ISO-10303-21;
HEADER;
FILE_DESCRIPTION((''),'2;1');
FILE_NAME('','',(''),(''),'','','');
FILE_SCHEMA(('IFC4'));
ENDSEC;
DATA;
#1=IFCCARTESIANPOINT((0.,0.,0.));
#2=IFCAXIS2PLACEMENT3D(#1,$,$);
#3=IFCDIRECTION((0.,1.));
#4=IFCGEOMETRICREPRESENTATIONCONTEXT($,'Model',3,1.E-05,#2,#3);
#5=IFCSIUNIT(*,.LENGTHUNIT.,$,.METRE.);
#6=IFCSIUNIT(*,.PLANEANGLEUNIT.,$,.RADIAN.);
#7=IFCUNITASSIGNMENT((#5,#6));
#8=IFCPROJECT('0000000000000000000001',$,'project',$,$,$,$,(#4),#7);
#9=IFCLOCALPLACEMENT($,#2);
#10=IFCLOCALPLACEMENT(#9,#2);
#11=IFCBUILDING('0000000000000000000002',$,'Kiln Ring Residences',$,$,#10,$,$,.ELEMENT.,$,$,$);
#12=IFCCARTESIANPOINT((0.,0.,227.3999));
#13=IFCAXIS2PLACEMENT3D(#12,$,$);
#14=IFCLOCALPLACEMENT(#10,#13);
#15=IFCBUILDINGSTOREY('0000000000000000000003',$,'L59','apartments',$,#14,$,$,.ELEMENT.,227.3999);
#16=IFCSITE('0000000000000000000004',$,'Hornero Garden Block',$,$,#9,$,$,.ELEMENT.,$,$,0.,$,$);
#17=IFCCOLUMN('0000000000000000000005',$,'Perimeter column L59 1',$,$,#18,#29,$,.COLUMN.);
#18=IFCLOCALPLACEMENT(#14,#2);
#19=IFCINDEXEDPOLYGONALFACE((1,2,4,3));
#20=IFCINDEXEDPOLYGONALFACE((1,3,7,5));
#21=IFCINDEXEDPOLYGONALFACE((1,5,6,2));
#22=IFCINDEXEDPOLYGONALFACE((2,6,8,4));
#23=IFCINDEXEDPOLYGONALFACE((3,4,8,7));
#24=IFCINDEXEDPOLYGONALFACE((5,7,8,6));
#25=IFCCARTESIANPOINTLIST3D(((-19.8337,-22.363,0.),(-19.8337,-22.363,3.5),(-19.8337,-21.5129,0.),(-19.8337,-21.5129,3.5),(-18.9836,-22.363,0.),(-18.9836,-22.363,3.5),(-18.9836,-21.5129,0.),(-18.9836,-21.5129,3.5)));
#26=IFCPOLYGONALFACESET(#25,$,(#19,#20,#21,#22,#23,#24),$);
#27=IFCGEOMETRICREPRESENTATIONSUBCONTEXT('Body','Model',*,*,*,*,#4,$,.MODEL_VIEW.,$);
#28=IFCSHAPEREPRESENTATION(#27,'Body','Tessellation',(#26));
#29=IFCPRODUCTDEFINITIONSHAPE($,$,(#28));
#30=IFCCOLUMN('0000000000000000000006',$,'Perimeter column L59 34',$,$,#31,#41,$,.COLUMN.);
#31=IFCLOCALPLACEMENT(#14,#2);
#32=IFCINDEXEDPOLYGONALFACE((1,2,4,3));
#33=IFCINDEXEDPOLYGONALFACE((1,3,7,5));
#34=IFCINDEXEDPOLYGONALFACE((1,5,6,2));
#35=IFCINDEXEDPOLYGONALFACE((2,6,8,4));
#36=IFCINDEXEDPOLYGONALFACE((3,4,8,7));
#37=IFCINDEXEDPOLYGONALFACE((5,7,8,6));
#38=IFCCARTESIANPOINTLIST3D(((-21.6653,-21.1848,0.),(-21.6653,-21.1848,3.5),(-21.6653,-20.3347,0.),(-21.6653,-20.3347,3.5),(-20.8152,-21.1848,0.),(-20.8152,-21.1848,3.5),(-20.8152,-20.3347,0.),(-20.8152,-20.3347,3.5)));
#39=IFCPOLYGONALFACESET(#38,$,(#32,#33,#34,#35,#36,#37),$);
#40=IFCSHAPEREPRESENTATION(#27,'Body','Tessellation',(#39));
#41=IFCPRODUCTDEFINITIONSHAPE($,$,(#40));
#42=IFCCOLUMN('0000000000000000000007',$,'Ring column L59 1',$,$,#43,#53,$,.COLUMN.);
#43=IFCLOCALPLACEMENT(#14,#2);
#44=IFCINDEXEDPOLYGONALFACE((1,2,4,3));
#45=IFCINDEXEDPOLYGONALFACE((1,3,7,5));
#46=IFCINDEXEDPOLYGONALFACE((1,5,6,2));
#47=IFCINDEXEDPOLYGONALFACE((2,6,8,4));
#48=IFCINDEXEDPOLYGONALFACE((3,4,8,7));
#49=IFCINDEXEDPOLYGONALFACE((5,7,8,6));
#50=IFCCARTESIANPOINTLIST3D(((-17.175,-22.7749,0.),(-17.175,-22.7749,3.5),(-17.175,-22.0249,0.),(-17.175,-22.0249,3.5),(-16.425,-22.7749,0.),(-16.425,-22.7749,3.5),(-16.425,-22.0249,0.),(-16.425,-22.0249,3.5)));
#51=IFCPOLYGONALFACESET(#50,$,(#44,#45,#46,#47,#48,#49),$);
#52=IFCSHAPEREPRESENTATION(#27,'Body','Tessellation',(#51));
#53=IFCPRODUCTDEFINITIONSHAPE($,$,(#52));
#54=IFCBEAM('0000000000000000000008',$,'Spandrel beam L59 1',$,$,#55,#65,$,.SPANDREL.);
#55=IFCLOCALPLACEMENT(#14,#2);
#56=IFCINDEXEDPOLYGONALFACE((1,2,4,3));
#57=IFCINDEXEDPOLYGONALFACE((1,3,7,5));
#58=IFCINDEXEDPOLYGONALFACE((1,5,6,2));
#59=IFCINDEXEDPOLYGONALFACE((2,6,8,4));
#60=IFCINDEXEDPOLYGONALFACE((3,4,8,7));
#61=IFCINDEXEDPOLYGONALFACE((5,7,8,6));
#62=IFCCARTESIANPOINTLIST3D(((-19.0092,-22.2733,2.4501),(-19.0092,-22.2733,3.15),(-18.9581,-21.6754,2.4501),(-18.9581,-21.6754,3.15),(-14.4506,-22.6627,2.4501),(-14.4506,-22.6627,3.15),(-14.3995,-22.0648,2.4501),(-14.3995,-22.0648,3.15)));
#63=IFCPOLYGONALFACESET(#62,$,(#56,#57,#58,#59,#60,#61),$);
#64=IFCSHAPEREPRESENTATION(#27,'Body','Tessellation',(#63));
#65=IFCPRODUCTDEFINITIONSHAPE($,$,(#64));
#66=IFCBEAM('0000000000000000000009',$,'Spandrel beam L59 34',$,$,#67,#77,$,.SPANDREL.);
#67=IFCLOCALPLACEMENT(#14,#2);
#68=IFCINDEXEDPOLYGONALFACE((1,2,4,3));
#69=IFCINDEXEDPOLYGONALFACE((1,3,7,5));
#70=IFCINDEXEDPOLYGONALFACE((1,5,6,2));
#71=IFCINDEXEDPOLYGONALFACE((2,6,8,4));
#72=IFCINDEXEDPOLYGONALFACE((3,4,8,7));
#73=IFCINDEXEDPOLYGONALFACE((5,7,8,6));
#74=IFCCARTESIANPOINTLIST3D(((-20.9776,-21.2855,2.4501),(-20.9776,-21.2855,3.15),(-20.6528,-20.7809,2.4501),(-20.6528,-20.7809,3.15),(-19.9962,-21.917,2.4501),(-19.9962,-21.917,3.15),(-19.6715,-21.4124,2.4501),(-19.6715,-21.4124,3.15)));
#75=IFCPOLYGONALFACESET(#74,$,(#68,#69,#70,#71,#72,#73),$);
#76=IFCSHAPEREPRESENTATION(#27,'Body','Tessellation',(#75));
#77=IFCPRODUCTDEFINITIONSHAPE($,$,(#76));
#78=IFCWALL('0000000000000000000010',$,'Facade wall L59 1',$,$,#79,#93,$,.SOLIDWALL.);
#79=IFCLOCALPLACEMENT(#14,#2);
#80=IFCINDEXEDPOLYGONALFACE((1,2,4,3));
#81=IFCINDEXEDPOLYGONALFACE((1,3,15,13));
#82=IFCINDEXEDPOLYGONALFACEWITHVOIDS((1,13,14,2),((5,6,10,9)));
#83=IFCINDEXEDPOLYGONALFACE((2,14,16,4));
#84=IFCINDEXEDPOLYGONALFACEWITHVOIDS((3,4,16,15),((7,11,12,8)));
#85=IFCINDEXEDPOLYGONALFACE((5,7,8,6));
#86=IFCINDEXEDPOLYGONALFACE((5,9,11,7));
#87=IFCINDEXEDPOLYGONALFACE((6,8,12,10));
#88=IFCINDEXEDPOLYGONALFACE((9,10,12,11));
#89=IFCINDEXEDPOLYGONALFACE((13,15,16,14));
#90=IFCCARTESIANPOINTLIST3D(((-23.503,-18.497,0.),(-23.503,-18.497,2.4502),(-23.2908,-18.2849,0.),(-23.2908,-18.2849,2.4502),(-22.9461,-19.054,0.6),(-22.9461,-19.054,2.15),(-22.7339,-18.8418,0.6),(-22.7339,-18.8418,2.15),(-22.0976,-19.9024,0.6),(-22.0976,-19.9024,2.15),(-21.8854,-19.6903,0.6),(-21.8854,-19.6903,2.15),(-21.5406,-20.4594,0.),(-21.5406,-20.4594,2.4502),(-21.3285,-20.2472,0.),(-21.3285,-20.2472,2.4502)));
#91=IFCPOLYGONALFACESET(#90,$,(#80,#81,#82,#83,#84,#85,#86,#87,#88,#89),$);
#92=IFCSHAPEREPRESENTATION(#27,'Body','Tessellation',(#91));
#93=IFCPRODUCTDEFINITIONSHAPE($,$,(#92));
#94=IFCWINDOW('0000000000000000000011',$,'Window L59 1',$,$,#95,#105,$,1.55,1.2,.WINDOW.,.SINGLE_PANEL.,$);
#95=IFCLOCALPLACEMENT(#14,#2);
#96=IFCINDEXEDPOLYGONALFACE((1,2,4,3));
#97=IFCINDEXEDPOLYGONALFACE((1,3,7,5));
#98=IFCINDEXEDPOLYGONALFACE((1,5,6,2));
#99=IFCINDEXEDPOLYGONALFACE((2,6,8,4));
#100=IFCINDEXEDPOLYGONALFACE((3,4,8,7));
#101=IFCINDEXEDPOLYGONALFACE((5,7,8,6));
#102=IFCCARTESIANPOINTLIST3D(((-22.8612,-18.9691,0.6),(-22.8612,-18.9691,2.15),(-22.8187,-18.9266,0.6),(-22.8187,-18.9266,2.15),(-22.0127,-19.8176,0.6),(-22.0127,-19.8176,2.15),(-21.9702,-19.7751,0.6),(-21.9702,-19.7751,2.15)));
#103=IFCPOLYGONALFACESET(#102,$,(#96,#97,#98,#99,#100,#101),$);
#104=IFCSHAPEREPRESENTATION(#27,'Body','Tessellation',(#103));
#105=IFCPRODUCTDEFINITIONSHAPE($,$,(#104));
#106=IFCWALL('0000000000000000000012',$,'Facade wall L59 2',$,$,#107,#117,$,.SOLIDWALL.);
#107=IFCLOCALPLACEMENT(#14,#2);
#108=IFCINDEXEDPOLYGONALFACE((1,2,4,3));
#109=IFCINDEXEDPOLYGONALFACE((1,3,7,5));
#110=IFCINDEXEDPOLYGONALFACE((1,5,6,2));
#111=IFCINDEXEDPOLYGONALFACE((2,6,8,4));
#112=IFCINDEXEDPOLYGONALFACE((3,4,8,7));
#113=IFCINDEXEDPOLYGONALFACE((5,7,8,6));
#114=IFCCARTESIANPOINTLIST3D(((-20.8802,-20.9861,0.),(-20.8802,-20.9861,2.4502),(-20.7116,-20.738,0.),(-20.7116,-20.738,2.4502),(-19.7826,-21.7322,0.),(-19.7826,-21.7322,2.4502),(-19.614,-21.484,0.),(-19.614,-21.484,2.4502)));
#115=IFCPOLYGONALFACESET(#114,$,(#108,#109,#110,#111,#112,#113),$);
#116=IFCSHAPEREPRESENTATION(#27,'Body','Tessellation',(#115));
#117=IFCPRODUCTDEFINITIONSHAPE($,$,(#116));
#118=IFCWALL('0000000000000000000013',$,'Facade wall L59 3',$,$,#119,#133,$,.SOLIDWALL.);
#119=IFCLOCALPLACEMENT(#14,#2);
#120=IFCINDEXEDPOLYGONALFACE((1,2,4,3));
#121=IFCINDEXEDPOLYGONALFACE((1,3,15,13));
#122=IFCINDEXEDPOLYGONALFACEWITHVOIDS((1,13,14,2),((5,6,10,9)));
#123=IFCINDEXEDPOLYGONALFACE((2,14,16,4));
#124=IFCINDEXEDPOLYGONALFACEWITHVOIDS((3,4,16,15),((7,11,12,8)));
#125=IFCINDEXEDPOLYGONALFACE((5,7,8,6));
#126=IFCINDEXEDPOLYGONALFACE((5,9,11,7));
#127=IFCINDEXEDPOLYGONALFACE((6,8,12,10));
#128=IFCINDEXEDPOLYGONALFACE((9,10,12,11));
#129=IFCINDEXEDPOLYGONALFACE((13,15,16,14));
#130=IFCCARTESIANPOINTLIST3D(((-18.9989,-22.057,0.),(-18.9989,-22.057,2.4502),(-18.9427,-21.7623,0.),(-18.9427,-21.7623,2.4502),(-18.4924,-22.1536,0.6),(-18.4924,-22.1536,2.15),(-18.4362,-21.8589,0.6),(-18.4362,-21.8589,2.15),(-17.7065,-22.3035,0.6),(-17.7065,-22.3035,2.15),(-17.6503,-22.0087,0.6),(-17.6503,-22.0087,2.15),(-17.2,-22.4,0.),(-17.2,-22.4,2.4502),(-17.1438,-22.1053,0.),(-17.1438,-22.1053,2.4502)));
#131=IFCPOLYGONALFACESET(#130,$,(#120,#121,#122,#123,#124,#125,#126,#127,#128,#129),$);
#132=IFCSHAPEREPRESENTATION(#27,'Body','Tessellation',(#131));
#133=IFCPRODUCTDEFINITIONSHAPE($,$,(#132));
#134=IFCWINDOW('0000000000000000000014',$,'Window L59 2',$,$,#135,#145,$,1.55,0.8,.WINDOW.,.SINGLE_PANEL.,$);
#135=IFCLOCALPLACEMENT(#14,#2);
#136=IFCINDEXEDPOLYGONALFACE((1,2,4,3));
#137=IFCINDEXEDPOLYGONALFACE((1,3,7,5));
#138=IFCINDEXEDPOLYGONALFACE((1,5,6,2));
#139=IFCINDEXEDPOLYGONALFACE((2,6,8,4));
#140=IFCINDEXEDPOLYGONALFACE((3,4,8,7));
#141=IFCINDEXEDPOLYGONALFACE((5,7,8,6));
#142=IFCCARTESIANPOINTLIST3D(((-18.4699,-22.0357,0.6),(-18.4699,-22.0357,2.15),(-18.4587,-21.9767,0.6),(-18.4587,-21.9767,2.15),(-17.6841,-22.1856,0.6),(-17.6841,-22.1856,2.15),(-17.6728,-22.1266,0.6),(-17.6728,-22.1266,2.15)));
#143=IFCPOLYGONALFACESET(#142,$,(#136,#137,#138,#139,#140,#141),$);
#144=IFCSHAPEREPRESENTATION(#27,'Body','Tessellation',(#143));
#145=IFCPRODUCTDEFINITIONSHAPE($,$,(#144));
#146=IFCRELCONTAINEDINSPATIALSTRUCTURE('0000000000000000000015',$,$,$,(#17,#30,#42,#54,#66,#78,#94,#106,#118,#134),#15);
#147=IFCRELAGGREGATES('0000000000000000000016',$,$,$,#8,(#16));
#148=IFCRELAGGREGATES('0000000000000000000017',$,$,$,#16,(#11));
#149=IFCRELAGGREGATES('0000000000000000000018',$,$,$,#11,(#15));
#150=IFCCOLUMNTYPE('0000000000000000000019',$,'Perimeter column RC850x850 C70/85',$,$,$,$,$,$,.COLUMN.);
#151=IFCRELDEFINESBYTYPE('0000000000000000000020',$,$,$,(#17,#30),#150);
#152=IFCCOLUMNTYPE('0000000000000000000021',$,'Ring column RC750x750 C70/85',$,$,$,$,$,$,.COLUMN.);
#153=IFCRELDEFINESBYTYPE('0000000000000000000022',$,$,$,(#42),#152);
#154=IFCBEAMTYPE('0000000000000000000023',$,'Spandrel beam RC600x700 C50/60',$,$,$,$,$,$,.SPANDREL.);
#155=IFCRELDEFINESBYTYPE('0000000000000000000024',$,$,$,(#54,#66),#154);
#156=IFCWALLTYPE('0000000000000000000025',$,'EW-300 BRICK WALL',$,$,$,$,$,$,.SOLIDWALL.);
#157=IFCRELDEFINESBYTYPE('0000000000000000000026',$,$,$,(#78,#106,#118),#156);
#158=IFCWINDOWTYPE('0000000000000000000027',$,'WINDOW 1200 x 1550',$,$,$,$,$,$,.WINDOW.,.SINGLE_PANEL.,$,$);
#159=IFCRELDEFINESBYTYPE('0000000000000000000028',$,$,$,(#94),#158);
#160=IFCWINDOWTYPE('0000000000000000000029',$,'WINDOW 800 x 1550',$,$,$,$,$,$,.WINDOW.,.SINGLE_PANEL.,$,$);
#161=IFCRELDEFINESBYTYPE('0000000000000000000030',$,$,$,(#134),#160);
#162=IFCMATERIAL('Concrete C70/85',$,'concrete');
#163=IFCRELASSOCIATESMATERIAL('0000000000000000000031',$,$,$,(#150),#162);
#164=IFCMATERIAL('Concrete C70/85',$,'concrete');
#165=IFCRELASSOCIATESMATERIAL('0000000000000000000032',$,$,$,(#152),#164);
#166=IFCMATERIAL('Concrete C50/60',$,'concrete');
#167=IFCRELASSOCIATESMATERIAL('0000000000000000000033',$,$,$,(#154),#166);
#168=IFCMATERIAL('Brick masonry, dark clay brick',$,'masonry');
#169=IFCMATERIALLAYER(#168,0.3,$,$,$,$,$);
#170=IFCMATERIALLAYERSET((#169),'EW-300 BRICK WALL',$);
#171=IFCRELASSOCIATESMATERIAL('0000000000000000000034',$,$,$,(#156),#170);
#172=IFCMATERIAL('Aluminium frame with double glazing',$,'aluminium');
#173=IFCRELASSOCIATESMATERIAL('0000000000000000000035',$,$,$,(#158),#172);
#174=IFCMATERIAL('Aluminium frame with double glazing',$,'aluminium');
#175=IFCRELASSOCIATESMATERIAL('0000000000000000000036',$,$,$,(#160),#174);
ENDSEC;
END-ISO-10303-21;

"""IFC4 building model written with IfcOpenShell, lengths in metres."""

from ifc_helpers import new_model, si_unit, direction, frame, frame_2d, origin, origin_2d, place, context, subcontext, project, spatial, rectangle, extrude, material, layer, layer_set, material_profile, profile_set, type_object, element, fill, save


model = new_model("IFC4")

# Units and contexts
model_context = context("Model", 3, precision=1e-05, world=origin(), true_north=direction((0.0, 1.0)))
body_context = subcontext(model_context, "Body", "Model", "MODEL_VIEW")
ifc_project = project(units=[si_unit("LENGTHUNIT", "METRE"), si_unit("PLANEANGLEUNIT", "RADIAN")], contexts=[model_context])

# Site, building, storey
site_placement = place(None, origin())
site = spatial("IfcSite", under=ifc_project, at=site_placement, Name="Hornero Garden Block", CompositionType="ELEMENT", RefElevation=0.0)
building_placement = place(site_placement, origin())
building = spatial("IfcBuilding", under=site, at=building_placement, Name="Kiln Ring Residences", CompositionType="ELEMENT")
storey_placement = place(building_placement, frame((0.0, 0.0, 227.3999)))
storey = spatial("IfcBuildingStorey", under=building, at=storey_placement, Name="L59", Description="apartments", CompositionType="ELEMENT", Elevation=227.3999)

# Columns
ifc_material_1 = material(Name="Concrete C70/85", Category="concrete")
ifc_material_profile_1 = material_profile(ifc_material_1, rectangle(XDim=0.8501, YDim=0.8501, at=origin_2d()), Name="RC850x850")
ifc_profile_set_1 = profile_set([ifc_material_profile_1], Name="Concrete C70/85")
column_type_1 = type_object("IfcColumnType", Name="Perimeter column RC850x850 C70/85", PredefinedType="COLUMN", material=ifc_profile_set_1)
for number, where, z_axis, x_axis, name in (
    (1, (-19.4087, -21.938, 0.0), (0.0, 0.0, 1.0), (1.0, 0.0, 0.0), "Perimeter column L59 1"),
    (2, (-21.2402, -20.7598, 0.0), (0.0, 0.0, 1.0), (1.0, 0.0, 0.0), "Perimeter column L59 34"),
):
    element("IfcColumn", number, at=place(storey_placement, frame(where, z_axis=z_axis, x_axis=x_axis)), inside=storey, type_object=column_type_1, Name=name, PredefinedType="COLUMN", context=body_context, shape_type="SweptSolid", body=[
        extrude(rectangle(XDim=0.8501, YDim=0.8501, at=origin_2d()), origin(), (0.0, 0.0, 1.0), 3.5),
    ])
ifc_material_2 = material(Name="Concrete C70/85", Category="concrete")
ifc_material_profile_2 = material_profile(ifc_material_2, rectangle(XDim=0.75, YDim=0.75, at=origin_2d()), Name="RC750x750")
ifc_profile_set_2 = profile_set([ifc_material_profile_2], Name="Concrete C70/85")
column_type_2 = type_object("IfcColumnType", Name="Ring column RC750x750 C70/85", PredefinedType="COLUMN", material=ifc_profile_set_2)
column_placement = place(storey_placement, frame((-16.8, -22.3999, 0.0), z_axis=(0.0, 0.0, 1.0), x_axis=(1.0, 0.0, 0.0)))
element("IfcColumn", 3, at=column_placement, inside=storey, type_object=column_type_2, Name="Ring column L59 1", PredefinedType="COLUMN", context=body_context, shape_type="SweptSolid", body=[
    extrude(rectangle(XDim=0.75, YDim=0.75, at=origin_2d()), origin(), (0.0, 0.0, 1.0), 3.5),
])

# Beams
ifc_material_3 = material(Name="Concrete C50/60", Category="concrete")
ifc_material_profile_3 = material_profile(ifc_material_3, rectangle(XDim=0.6001, YDim=0.7, at=origin_2d()), Name="RC600x700")
ifc_profile_set_3 = profile_set([ifc_material_profile_3], Name="Concrete C50/60")
beam_type = type_object("IfcBeamType", Name="Spandrel beam RC600x700 C50/60", PredefinedType="SPANDREL", material=ifc_profile_set_3)
beam_1_placement = place(storey_placement, frame((-18.9836, -21.9744, 2.8), z_axis=(0.996371, -0.085112, 0.0), x_axis=(0.085112, 0.996371, 0.0)))
element("IfcBeam", 4, at=beam_1_placement, inside=storey, type_object=beam_type, Name="Spandrel beam L59 1", PredefinedType="SPANDREL", context=body_context, shape_type="SweptSolid", body=[
    extrude(rectangle(XDim=0.6001, YDim=0.7, at=origin_2d()), origin(), (0.0, 0.0, 1.0), 4.5752),
])
beam_2_placement = place(storey_placement, frame((-20.8152, -21.0332, 2.8), z_axis=(0.84092, -0.541159, 0.0), x_axis=(0.541159, 0.84092, 0.0)))
element("IfcBeam", 5, at=beam_2_placement, inside=storey, type_object=beam_type, Name="Spandrel beam L59 34", PredefinedType="SPANDREL", context=body_context, shape_type="SweptSolid", body=[
    extrude(rectangle(XDim=0.6001, YDim=0.7, at=origin_2d()), origin(), (0.0, 0.0, 1.0), 1.167),
])

# Wall, opening, window
ifc_material_4 = material(Name="Brick masonry, dark clay brick", Category="masonry")
ifc_layer_1 = layer(ifc_material_4, 0.3)
ifc_layer_set_1 = layer_set([ifc_layer_1], Name="EW-300 BRICK WALL")
wall_type_1 = type_object("IfcWallType", Name="EW-300 BRICK WALL", PredefinedType="SOLIDWALL", material=ifc_layer_set_1)
wall_1_placement = place(storey_placement, frame((-23.397, -18.3909, 0.0), z_axis=(0.0, 0.0, 1.0), x_axis=(0.707107, -0.707107, 0.0)))
wall_1 = element("IfcWall", 6, at=wall_1_placement, inside=storey, type_object=wall_type_1, Name="Facade wall L59 1", PredefinedType="SOLIDWALL", context=body_context, shape_type="SweptSolid", body=[
    extrude(rectangle(XDim=2.7751, YDim=0.3, at=frame_2d((1.3877, 0.0))), origin(), (0.0, 0.0, 1.0), 2.4502),
])
opening_1_placement = place(wall_1_placement, frame((0.7876, 0.0, 0.6001)))
opening_1 = element("IfcOpeningElement", 7, at=opening_1_placement, cuts=wall_1, PredefinedType="OPENING", context=body_context, shape_type="SweptSolid", body=[
    extrude(rectangle(XDim=1.2, YDim=1.55, at=frame_2d((0.6001, 0.7749))), frame((0.0, 0.1599, 0.0), z_axis=(0.0, -1.0, 0.0), x_axis=(1.0, 0.0, 0.0)), (0.0, 0.0, 1.0), 0.3201),
])
ifc_material_5 = material(Name="Aluminium frame with double glazing", Category="aluminium")
window_type_1 = type_object("IfcWindowType", Name="WINDOW 1200 x 1550", PartitioningType="SINGLE_PANEL", PredefinedType="WINDOW", material=ifc_material_5)
window_1_placement = place(opening_1_placement, origin())
window_1 = element("IfcWindow", 8, at=window_1_placement, inside=storey, type_object=window_type_1, Name="Window L59 1", OverallHeight=1.55, OverallWidth=1.2, PartitioningType="SINGLE_PANEL", PredefinedType="WINDOW", context=body_context, shape_type="SweptSolid", body=[
    extrude(rectangle(XDim=1.2, YDim=1.55, at=frame_2d((0.6001, 0.7749))), frame((0.0, 0.03, 0.0), z_axis=(0.0, -1.0, 0.0), x_axis=(1.0, 0.0, 0.0)), (0.0, 0.0, 1.0), 0.0601),
])
fill(opening_1, window_1)

# Wall
wall_2_placement = place(storey_placement, frame((-20.7959, -20.8621, 0.0), z_axis=(0.0, 0.0, 1.0), x_axis=(0.827036, -0.562149, 0.0)))
element("IfcWall", 9, at=wall_2_placement, inside=storey, type_object=wall_type_1, Name="Facade wall L59 2", PredefinedType="SOLIDWALL", context=body_context, shape_type="SweptSolid", body=[
    extrude(rectangle(XDim=1.3271, YDim=0.3, at=frame_2d((0.6636, 0.0))), origin(), (0.0, 0.0, 1.0), 2.4502),
])

# Wall, opening, window
wall_3_placement = place(storey_placement, frame((-18.9707, -21.9097, 0.0), z_axis=(0.0, 0.0, 1.0), x_axis=(0.9823, -0.187314, 0.0)))
wall_3 = element("IfcWall", 10, at=wall_3_placement, inside=storey, type_object=wall_type_1, Name="Facade wall L59 3", PredefinedType="SOLIDWALL", context=body_context, shape_type="SweptSolid", body=[
    extrude(rectangle(XDim=1.8313, YDim=0.3, at=frame_2d((0.9155, 0.0))), origin(), (0.0, 0.0, 1.0), 2.4502),
])
opening_2_placement = place(wall_3_placement, frame((0.5156, 0.0, 0.6001)))
opening_2 = element("IfcOpeningElement", 11, at=opening_2_placement, cuts=wall_3, PredefinedType="OPENING", context=body_context, shape_type="SweptSolid", body=[
    extrude(rectangle(XDim=0.8, YDim=1.55, at=frame_2d((0.3999, 0.7749))), frame((0.0, 0.1599, 0.0), z_axis=(0.0, -1.0, 0.0), x_axis=(1.0, 0.0, 0.0)), (0.0, 0.0, 1.0), 0.3201),
])
ifc_material_6 = material(Name="Aluminium frame with double glazing", Category="aluminium")
window_type_2 = type_object("IfcWindowType", Name="WINDOW 800 x 1550", PartitioningType="SINGLE_PANEL", PredefinedType="WINDOW", material=ifc_material_6)
window_2_placement = place(opening_2_placement, origin())
window_2 = element("IfcWindow", 12, at=window_2_placement, inside=storey, type_object=window_type_2, Name="Window L59 2", OverallHeight=1.55, OverallWidth=0.8, PartitioningType="SINGLE_PANEL", PredefinedType="WINDOW", context=body_context, shape_type="SweptSolid", body=[
    extrude(rectangle(XDim=0.8, YDim=1.55, at=frame_2d((0.3999, 0.7749))), frame((0.0, 0.03, 0.0), z_axis=(0.0, -1.0, 0.0), x_axis=(1.0, 0.0, 0.0)), (0.0, 0.0, 1.0), 0.0601),
])
fill(opening_2, window_2)

save(model, "model.ifc")
